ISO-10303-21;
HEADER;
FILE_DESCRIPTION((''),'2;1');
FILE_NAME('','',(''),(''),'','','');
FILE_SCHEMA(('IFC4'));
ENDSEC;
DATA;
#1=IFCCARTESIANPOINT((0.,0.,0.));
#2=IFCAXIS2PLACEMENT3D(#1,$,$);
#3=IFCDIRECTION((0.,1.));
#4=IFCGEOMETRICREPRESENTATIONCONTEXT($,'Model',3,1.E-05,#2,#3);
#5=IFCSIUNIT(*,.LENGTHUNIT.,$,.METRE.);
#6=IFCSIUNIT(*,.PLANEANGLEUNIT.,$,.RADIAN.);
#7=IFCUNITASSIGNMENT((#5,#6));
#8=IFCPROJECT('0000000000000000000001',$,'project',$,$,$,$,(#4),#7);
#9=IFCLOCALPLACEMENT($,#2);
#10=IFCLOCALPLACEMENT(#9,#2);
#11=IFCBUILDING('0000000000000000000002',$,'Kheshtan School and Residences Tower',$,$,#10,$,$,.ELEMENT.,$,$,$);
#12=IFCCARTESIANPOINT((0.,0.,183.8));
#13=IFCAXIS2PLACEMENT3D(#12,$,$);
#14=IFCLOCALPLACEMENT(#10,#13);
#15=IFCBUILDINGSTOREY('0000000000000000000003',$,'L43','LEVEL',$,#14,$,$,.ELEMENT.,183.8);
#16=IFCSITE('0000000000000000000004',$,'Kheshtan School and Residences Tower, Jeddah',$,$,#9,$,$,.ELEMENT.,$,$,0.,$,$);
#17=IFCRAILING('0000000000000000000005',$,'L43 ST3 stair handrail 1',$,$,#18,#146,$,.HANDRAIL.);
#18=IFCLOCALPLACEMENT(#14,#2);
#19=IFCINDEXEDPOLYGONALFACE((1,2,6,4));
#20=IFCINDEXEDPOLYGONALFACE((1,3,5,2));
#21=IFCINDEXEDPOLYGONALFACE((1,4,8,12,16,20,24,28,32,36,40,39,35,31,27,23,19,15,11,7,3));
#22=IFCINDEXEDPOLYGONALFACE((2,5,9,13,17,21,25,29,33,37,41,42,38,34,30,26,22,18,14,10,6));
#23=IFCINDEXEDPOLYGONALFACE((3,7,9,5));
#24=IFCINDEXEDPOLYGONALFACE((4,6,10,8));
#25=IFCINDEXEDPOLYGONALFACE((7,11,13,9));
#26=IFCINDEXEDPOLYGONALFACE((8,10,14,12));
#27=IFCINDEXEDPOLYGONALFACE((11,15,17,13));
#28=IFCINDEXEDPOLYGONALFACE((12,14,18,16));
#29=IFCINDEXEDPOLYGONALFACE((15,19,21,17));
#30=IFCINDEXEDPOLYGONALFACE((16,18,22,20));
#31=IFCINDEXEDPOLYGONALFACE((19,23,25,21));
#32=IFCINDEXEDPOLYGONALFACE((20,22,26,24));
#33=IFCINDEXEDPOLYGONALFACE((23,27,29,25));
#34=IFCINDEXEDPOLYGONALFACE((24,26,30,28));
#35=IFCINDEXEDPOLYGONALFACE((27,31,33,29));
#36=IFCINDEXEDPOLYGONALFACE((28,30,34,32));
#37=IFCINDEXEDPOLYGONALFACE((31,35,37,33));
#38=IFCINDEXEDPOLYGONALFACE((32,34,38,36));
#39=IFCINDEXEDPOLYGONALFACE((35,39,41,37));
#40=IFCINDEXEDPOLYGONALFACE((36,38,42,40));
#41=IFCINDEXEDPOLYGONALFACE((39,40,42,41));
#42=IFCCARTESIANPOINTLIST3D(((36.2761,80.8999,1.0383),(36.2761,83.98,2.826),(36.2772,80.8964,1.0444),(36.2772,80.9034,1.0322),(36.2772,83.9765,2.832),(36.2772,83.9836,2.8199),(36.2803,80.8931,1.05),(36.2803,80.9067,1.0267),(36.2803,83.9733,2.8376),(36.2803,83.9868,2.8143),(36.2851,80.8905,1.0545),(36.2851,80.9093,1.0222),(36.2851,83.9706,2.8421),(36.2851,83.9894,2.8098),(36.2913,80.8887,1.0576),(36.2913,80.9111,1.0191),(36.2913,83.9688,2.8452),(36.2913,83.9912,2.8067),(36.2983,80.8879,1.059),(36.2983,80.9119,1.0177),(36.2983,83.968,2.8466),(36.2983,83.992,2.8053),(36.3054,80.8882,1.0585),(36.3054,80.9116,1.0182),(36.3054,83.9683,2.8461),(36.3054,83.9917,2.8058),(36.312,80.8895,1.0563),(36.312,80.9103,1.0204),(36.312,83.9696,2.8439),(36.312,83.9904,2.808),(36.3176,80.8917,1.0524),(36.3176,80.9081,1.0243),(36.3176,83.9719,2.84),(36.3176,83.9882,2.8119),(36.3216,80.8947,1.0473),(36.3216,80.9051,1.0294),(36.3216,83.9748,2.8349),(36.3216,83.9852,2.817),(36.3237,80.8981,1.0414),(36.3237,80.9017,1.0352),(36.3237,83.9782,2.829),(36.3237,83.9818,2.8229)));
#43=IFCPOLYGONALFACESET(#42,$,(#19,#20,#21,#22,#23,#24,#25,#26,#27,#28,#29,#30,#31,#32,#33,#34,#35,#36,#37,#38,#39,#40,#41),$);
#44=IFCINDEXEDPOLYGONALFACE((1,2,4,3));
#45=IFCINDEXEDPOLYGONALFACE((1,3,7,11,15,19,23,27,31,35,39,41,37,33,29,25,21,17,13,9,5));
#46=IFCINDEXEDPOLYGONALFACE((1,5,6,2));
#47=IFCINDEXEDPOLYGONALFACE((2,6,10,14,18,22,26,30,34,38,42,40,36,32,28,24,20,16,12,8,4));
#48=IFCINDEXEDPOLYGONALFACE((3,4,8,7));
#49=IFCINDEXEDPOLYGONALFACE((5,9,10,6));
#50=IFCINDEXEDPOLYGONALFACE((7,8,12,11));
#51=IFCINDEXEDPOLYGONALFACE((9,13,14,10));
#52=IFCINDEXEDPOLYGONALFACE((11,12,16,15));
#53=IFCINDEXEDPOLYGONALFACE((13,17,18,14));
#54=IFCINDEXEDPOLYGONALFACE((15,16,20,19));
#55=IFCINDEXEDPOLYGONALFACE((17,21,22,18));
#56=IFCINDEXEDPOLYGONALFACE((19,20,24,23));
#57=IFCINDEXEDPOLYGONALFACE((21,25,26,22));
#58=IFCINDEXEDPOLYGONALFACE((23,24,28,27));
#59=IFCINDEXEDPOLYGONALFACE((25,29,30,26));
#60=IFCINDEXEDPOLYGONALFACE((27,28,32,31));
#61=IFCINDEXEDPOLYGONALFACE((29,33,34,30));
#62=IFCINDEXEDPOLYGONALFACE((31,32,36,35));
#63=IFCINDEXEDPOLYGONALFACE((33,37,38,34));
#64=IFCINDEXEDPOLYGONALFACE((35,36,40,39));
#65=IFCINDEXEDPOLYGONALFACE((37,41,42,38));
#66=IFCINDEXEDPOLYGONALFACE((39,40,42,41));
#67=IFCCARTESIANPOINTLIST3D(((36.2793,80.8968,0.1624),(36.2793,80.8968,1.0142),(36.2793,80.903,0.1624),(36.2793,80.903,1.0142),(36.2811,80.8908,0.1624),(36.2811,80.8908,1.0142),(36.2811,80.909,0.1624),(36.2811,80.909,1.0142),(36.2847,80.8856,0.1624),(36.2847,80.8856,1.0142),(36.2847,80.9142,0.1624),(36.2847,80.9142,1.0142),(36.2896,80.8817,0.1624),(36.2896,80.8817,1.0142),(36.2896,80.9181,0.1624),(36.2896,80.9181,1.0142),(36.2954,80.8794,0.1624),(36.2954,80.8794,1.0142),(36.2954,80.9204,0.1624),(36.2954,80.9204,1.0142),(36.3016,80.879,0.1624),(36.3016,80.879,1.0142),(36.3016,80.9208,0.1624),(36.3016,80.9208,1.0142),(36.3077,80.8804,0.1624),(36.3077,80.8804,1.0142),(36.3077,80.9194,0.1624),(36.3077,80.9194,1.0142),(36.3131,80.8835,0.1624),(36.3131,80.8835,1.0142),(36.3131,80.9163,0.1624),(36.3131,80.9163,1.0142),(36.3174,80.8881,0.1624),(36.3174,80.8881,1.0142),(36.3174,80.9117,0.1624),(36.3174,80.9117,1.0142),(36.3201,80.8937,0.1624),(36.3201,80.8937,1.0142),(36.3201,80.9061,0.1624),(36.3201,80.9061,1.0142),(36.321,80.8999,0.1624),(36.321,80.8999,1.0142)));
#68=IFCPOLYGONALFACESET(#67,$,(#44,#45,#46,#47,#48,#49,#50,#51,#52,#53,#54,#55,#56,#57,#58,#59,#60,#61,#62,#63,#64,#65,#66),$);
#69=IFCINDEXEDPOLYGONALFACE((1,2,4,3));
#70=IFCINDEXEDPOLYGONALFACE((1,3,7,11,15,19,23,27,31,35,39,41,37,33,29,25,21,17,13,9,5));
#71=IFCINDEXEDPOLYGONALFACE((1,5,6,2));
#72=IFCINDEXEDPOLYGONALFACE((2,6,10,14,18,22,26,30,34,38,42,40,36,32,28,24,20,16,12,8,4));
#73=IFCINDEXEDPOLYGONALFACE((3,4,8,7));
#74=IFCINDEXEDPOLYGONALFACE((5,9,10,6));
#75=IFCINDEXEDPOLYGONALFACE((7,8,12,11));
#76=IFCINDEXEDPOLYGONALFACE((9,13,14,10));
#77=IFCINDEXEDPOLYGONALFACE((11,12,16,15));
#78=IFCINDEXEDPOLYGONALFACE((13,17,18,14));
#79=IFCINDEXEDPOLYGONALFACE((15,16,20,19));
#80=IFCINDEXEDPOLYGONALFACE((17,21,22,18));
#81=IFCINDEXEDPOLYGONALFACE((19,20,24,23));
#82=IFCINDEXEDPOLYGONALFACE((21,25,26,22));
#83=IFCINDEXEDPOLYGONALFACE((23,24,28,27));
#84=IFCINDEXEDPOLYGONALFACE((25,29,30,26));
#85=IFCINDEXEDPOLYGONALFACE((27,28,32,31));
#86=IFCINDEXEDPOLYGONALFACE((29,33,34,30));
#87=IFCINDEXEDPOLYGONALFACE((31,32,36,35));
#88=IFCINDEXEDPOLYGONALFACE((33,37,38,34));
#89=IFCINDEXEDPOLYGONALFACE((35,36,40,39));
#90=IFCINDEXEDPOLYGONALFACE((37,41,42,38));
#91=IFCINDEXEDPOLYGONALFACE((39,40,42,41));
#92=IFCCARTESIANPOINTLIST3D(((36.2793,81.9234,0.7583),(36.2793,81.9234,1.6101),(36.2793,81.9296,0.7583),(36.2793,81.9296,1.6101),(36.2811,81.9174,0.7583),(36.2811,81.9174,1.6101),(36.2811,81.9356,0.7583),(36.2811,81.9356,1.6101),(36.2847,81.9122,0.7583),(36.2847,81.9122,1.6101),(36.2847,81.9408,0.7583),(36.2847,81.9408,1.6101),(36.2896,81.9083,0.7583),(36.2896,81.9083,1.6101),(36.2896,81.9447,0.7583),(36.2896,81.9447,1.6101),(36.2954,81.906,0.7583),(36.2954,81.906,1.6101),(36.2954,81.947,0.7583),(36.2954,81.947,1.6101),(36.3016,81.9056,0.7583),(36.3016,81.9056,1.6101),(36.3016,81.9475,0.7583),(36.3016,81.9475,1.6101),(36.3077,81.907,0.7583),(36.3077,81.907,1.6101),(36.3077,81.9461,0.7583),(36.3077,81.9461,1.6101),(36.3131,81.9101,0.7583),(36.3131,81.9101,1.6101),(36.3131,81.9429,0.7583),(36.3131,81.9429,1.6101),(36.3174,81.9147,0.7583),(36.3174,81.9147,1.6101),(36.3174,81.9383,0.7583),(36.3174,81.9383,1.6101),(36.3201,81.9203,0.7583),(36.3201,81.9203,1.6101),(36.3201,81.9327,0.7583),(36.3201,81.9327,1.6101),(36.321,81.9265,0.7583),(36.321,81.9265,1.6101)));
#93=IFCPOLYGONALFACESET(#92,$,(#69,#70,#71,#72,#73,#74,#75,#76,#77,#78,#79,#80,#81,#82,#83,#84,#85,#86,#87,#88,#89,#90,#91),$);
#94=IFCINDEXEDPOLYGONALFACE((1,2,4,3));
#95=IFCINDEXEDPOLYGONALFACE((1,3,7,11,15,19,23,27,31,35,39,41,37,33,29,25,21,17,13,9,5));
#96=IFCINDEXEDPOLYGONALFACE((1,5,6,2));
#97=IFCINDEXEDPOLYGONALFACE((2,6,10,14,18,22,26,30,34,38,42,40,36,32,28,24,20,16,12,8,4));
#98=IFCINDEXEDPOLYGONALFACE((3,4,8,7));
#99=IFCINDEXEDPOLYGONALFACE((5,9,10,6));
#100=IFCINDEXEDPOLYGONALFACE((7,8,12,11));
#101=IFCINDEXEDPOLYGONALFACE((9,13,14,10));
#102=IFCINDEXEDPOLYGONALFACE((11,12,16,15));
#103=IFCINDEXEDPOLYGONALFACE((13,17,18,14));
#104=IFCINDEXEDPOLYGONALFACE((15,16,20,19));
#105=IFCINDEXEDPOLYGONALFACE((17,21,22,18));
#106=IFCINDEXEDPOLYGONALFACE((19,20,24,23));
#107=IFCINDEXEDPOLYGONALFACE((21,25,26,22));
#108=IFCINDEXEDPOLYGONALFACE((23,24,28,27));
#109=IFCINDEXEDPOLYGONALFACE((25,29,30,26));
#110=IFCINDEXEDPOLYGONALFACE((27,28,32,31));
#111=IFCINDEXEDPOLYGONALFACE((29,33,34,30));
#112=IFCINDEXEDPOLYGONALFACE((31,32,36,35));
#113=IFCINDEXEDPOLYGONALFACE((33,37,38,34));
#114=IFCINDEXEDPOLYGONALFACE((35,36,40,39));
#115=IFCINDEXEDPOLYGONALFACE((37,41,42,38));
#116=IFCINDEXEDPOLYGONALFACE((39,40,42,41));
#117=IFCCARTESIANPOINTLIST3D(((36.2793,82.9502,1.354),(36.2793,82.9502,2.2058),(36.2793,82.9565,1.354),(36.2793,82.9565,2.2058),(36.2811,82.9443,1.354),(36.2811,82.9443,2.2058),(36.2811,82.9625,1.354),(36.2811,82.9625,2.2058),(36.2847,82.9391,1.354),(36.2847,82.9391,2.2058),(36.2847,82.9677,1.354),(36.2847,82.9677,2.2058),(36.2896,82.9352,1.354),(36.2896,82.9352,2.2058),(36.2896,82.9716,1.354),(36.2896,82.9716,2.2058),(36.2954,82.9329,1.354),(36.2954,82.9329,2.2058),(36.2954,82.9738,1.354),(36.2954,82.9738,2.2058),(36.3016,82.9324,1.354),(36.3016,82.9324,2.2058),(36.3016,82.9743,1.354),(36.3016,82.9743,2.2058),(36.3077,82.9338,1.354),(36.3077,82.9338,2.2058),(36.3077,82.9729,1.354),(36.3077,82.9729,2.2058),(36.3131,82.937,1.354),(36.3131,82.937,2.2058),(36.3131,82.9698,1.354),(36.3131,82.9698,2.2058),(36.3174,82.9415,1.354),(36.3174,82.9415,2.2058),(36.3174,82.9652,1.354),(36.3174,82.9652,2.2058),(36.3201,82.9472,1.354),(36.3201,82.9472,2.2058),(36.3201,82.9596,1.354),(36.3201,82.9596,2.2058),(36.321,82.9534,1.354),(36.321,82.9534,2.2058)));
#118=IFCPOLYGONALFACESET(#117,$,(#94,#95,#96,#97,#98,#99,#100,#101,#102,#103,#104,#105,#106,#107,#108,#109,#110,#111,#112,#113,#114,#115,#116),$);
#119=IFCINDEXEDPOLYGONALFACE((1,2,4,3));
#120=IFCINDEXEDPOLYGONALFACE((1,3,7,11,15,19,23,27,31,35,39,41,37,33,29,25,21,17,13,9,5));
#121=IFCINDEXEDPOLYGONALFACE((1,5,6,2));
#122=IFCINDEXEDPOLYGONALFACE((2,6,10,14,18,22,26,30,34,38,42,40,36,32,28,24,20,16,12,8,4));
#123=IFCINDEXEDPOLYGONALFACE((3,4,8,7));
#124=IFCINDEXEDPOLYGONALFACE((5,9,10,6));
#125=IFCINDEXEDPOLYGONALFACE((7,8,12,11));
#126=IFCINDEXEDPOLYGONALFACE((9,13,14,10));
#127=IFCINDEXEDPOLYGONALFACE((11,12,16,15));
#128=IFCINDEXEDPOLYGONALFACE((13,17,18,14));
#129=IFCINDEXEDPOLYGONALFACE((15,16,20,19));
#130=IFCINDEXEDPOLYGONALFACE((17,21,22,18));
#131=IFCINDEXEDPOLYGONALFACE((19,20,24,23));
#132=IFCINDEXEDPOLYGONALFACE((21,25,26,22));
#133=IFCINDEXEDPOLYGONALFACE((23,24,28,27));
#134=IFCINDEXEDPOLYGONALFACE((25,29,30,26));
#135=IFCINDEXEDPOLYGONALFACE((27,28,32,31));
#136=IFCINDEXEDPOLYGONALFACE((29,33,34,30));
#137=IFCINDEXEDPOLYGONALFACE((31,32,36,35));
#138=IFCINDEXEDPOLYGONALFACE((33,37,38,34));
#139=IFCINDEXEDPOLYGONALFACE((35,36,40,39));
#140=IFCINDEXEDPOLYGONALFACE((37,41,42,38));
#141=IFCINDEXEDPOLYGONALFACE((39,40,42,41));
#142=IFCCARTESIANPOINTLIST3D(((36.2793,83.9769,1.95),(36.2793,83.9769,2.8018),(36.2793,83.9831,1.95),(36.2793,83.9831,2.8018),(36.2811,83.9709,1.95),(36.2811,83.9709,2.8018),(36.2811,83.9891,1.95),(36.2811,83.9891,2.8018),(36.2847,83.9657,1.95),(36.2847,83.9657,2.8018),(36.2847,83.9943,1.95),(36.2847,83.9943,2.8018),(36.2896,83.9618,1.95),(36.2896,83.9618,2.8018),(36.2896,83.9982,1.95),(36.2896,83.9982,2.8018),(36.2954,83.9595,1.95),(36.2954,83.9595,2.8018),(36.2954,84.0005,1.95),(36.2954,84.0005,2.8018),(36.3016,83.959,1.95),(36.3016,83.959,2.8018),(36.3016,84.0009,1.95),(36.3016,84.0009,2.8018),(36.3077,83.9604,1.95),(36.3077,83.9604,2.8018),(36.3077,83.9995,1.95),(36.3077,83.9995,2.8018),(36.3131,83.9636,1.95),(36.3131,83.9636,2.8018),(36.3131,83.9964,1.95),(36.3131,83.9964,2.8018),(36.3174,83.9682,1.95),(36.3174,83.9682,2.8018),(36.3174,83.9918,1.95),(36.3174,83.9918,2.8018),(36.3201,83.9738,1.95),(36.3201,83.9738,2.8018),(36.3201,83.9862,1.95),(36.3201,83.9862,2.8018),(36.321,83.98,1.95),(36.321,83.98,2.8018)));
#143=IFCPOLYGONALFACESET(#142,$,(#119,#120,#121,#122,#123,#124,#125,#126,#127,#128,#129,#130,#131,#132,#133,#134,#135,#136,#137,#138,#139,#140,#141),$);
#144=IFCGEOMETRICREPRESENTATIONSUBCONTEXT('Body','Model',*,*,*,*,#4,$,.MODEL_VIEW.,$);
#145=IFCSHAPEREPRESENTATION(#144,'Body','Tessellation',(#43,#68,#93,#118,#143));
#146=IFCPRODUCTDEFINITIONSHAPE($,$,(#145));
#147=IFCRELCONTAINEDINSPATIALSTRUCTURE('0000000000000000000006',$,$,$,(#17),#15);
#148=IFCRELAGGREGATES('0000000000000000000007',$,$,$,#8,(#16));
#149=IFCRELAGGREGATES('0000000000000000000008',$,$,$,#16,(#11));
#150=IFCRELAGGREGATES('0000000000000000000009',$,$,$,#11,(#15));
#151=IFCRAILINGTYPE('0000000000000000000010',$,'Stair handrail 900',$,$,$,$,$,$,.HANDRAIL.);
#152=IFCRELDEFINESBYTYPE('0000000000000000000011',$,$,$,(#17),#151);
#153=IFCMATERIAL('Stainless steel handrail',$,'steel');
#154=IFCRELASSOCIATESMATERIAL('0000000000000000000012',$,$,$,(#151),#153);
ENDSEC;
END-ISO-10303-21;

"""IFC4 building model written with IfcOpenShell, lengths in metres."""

from ifc_helpers import new_model, si_unit, direction, frame, origin, origin_2d, place, context, subcontext, project, spatial, circle, extrude, material, type_object, element, save


model = new_model("IFC4")

# Units and contexts
model_context = context("Model", 3, precision=1e-05, world=origin(), true_north=direction((0.0, 1.0)))
body_context = subcontext(model_context, "Body", "Model", "MODEL_VIEW")
ifc_project = project(units=[si_unit("LENGTHUNIT", "METRE"), si_unit("PLANEANGLEUNIT", "RADIAN")], contexts=[model_context])

# Site, building, storey
site_placement = place(None, origin())
site = spatial("IfcSite", under=ifc_project, at=site_placement, Name="Kheshtan School and Residences Tower, Jeddah", CompositionType="ELEMENT", RefElevation=0.0)
building_placement = place(site_placement, origin())
building = spatial("IfcBuilding", under=site, at=building_placement, Name="Kheshtan School and Residences Tower", CompositionType="ELEMENT")
storey_placement = place(building_placement, frame((0.0, 0.0, 183.8)))
storey = spatial("IfcBuildingStorey", under=building, at=storey_placement, Name="L43", Description="LEVEL", CompositionType="ELEMENT", Elevation=183.8)

# Railing
ifc_material_1 = material(Name="Stainless steel handrail", Category="steel")
railing_type_1 = type_object("IfcRailingType", Name="Stair handrail 900", PredefinedType="HANDRAIL", material=ifc_material_1)
railing_1_placement = place(storey_placement, frame((36.3, 80.8999, 0.1624)))
element("IfcRailing", 1, at=railing_1_placement, inside=storey, type_object=railing_type_1, Name="L43 ST3 stair handrail 1", PredefinedType="HANDRAIL", context=body_context, shape_type="SweptSolid", body=[
    extrude(circle(Radius=0.0239, at=origin_2d()), frame((0.0, 0.0, 0.876), z_axis=(0.0, 0.864891, 0.50196), x_axis=(-1.0, 0.0, 0.0)), (0.0, 0.0, 1.0), 3.5613),
    extrude(circle(Radius=0.021, at=origin_2d()), origin(), (0.0, 0.0, 1.0), 0.8518),
    extrude(circle(Radius=0.021, at=origin_2d()), frame((0.0, 1.0266, 0.5959)), (0.0, 0.0, 1.0), 0.8518),
    extrude(circle(Radius=0.021, at=origin_2d()), frame((0.0, 2.0535, 1.1917)), (0.0, 0.0, 1.0), 0.8518),
    extrude(circle(Radius=0.021, at=origin_2d()), frame((0.0, 3.0801, 1.7876)), (0.0, 0.0, 1.0), 0.8518),
])

save(model, "model.ifc")
